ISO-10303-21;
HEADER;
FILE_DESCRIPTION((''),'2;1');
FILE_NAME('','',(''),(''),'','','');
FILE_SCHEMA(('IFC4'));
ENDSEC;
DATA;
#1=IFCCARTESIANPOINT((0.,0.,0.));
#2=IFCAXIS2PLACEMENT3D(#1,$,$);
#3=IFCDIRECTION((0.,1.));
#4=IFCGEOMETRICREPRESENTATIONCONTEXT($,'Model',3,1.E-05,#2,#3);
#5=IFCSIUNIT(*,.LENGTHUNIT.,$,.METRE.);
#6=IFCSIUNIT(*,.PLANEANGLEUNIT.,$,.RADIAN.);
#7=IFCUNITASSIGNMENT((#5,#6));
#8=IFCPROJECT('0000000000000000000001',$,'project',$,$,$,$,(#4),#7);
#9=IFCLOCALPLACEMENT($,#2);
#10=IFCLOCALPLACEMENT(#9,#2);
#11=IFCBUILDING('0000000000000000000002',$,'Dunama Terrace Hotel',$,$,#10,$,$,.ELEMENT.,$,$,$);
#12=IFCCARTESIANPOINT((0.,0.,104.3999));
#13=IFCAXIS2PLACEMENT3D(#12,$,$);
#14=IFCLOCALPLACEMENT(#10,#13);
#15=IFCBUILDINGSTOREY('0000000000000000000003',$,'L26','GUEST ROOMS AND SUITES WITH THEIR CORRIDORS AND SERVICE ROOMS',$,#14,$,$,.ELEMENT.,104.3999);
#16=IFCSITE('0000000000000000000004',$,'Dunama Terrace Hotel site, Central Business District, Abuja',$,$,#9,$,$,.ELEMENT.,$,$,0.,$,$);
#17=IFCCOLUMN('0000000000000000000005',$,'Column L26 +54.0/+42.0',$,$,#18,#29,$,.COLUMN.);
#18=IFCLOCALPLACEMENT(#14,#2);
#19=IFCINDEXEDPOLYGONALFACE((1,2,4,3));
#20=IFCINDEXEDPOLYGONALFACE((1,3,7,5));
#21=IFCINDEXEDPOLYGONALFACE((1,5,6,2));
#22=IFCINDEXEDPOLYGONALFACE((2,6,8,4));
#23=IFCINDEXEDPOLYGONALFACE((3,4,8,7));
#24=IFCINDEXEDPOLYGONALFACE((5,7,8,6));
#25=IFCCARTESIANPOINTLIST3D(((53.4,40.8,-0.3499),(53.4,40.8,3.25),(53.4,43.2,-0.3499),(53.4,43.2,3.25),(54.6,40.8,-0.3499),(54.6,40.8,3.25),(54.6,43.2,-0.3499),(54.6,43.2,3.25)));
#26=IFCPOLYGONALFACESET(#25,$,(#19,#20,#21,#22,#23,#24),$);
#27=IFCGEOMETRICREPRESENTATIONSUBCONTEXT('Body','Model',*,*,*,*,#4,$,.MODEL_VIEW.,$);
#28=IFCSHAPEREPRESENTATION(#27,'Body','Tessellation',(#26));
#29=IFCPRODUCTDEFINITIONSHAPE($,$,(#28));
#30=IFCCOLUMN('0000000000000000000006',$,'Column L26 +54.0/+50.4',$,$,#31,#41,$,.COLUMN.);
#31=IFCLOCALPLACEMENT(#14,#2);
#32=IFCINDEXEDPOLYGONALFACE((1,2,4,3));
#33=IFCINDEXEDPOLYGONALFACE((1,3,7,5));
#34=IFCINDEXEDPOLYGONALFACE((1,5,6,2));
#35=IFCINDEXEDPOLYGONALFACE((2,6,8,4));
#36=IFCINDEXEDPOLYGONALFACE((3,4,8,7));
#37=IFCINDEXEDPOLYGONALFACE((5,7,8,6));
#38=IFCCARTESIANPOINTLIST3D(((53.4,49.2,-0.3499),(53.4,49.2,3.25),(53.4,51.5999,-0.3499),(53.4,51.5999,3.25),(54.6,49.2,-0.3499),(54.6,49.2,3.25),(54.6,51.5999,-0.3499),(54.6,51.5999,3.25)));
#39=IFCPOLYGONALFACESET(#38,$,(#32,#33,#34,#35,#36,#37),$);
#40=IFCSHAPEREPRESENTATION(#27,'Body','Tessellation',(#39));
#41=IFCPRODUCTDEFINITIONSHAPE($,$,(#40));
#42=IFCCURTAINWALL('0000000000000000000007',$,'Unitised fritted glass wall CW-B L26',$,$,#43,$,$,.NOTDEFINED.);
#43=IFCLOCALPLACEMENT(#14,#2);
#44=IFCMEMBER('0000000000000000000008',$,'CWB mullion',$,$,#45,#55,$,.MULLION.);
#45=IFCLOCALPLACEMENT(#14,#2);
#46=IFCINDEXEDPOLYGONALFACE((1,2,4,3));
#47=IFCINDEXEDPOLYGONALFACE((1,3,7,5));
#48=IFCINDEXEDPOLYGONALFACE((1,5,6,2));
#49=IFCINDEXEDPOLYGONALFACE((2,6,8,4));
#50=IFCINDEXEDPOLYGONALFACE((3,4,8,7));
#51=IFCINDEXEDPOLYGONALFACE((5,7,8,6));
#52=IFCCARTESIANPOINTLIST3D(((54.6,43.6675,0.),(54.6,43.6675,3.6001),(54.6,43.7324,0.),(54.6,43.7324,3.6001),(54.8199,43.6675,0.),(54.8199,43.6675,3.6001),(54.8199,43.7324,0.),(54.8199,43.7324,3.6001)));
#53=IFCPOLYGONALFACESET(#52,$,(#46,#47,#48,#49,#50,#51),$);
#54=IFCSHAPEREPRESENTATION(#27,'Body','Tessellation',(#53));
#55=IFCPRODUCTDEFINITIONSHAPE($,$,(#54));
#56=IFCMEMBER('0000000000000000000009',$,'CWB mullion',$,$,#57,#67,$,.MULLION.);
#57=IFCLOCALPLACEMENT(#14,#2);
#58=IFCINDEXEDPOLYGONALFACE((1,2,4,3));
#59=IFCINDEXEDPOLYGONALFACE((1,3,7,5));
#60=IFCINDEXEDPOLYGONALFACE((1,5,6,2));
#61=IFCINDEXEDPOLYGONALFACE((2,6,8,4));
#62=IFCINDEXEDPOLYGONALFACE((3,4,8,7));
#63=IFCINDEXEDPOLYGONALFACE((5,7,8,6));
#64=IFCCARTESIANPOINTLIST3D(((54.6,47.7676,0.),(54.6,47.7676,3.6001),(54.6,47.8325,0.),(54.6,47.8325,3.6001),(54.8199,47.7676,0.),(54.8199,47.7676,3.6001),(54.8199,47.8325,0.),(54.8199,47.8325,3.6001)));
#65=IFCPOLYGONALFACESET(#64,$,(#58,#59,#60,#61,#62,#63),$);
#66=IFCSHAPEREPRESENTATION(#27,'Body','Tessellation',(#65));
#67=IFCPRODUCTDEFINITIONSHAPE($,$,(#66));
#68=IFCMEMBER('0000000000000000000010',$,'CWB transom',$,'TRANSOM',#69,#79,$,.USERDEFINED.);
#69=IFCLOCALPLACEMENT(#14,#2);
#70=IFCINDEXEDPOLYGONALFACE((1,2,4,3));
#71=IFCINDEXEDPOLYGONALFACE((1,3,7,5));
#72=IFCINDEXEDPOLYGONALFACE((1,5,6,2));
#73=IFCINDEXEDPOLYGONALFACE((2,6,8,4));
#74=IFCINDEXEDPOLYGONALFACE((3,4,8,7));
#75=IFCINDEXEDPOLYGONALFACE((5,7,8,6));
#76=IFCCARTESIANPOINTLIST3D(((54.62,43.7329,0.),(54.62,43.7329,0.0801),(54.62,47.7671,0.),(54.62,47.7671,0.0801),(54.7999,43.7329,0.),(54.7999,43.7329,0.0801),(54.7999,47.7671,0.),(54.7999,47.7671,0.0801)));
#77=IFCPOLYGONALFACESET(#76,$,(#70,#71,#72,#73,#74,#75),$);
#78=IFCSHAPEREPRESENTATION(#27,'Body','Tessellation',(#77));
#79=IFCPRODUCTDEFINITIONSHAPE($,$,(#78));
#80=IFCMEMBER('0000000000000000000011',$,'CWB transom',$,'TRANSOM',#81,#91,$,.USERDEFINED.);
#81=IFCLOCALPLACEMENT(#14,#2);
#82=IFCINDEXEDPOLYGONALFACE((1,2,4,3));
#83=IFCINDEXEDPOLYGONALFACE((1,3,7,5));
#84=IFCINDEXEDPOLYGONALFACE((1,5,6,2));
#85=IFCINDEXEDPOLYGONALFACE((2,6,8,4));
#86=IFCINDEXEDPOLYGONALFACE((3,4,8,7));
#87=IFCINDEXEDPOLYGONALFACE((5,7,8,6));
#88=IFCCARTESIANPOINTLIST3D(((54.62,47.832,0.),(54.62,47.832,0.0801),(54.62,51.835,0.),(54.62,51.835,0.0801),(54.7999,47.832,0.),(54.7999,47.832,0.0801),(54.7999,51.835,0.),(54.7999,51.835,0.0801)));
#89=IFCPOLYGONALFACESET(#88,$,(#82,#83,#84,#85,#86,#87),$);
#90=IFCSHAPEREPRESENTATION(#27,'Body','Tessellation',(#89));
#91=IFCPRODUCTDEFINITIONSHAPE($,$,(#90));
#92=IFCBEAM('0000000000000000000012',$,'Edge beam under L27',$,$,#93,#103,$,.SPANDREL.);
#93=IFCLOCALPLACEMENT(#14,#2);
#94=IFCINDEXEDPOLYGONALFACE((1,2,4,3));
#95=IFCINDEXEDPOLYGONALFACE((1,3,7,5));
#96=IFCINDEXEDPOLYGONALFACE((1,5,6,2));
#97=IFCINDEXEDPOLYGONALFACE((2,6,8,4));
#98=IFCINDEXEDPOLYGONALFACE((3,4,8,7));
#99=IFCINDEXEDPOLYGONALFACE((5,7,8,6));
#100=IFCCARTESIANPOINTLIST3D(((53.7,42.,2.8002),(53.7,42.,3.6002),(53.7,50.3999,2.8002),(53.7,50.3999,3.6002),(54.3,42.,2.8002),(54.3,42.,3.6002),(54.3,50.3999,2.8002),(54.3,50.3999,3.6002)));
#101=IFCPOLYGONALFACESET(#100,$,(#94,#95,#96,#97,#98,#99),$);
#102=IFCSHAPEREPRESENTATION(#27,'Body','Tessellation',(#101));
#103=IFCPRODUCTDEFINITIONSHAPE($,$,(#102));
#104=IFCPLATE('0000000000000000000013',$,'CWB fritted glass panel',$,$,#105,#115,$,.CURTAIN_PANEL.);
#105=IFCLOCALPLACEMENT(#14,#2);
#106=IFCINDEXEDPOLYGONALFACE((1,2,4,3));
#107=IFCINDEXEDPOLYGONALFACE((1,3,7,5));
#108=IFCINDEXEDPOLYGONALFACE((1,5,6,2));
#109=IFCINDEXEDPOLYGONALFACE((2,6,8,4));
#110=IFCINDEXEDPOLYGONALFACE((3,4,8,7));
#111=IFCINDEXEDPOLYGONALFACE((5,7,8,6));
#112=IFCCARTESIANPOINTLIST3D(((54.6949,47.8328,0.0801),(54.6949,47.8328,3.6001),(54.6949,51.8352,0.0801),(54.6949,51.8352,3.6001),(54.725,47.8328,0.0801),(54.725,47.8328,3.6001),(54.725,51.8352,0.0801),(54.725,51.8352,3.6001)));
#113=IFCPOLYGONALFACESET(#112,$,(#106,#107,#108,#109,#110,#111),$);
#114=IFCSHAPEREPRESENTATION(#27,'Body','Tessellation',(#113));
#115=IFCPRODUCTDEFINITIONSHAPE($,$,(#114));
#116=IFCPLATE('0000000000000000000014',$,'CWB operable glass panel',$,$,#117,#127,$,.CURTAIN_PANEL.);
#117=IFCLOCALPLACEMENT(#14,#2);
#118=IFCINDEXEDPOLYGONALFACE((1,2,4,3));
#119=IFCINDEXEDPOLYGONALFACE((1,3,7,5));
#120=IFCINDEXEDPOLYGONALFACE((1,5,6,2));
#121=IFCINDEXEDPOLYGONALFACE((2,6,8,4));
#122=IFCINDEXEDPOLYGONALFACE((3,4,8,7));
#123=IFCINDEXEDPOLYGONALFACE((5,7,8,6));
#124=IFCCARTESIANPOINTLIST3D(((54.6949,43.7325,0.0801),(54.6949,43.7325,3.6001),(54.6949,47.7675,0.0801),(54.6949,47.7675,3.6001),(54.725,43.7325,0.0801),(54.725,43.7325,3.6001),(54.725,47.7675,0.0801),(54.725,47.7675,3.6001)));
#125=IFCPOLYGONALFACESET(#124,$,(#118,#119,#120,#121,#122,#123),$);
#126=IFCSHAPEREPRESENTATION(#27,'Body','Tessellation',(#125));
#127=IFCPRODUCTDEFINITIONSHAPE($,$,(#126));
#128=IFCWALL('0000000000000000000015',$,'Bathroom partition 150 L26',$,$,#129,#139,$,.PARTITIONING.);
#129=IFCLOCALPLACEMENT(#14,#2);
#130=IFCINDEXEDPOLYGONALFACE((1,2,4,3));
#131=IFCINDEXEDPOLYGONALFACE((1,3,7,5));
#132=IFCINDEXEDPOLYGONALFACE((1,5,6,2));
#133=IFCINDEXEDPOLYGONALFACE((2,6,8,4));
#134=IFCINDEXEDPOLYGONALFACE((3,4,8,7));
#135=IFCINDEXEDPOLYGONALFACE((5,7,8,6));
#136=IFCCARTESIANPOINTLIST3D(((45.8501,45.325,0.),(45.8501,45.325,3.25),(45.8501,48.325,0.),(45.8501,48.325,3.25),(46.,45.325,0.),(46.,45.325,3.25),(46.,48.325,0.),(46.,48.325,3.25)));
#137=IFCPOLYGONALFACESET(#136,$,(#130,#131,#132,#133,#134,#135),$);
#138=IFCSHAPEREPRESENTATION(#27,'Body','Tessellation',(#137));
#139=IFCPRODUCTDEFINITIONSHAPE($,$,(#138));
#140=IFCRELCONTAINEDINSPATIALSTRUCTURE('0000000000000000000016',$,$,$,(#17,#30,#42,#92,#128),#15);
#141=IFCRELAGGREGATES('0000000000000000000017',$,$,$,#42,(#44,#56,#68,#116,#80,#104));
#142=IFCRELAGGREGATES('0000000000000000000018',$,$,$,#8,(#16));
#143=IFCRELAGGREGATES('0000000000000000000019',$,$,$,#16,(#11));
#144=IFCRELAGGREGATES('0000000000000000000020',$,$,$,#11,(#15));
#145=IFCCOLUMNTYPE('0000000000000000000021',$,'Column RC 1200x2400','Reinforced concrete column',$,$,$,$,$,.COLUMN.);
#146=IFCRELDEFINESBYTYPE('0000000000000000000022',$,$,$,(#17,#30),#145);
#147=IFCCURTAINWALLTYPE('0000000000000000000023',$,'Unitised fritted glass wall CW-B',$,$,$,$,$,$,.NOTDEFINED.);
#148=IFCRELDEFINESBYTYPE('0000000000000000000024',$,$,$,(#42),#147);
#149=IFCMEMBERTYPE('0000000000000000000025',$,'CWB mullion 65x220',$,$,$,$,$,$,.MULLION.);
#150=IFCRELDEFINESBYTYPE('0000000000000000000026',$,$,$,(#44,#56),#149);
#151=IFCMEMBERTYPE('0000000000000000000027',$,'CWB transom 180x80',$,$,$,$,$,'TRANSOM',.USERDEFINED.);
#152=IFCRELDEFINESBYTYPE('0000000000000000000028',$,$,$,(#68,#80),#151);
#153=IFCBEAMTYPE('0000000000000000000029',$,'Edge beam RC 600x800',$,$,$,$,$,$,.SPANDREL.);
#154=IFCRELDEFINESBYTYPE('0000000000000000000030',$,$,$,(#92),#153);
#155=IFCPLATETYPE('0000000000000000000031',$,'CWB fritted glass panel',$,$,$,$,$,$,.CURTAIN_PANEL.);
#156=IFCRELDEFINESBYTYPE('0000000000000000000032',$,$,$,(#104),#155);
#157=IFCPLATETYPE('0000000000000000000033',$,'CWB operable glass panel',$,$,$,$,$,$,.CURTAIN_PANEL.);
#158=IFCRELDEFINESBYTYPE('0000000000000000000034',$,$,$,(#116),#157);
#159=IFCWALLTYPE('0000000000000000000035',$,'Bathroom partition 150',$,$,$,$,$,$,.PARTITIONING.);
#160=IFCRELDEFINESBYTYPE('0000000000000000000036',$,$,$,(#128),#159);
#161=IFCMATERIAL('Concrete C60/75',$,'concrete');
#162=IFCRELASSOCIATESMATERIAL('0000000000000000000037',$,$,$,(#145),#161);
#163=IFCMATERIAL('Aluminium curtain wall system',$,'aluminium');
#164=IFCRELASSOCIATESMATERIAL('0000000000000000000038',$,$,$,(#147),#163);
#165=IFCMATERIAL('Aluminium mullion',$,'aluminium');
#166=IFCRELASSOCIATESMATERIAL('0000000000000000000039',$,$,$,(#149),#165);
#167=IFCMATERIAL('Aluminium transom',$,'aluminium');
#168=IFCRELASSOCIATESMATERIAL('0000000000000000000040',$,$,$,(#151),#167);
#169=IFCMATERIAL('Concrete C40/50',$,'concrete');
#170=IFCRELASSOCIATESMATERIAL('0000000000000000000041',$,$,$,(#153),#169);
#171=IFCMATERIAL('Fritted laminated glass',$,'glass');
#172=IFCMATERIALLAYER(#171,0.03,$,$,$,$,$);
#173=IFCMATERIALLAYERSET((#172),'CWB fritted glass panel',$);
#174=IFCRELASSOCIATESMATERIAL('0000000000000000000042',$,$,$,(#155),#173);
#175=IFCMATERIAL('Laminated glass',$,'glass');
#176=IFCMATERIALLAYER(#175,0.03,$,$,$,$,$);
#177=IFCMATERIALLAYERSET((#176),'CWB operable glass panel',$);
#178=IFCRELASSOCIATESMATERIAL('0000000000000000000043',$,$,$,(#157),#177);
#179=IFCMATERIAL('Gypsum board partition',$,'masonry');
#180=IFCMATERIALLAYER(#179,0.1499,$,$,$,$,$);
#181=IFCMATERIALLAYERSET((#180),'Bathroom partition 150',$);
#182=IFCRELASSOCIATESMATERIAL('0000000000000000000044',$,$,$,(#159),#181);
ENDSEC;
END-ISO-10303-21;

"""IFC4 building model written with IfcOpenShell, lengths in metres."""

from ifc_helpers import new_model, si_unit, direction, frame, frame_2d, origin, origin_2d, place, context, subcontext, project, spatial, rectangle, extrude, material, layer, layer_set, material_profile, profile_set, type_object, element, aggregate, save


model = new_model("IFC4")

# Units and contexts
model_context = context("Model", 3, precision=1e-05, world=origin(), true_north=direction((0.0, 1.0)))
body_context = subcontext(model_context, "Body", "Model", "MODEL_VIEW")
ifc_project = project(units=[si_unit("LENGTHUNIT", "METRE"), si_unit("PLANEANGLEUNIT", "RADIAN")], contexts=[model_context])

# Site, building, storey
site_placement = place(None, origin())
site = spatial("IfcSite", under=ifc_project, at=site_placement, Name="Dunama Terrace Hotel site, Central Business District, Abuja", CompositionType="ELEMENT", RefElevation=0.0)
building_placement = place(site_placement, origin())
building = spatial("IfcBuilding", under=site, at=building_placement, Name="Dunama Terrace Hotel", CompositionType="ELEMENT")
storey_placement = place(building_placement, frame((0.0, 0.0, 104.3999)))
storey = spatial("IfcBuildingStorey", under=building, at=storey_placement, Name="L26", Description="GUEST ROOMS AND SUITES WITH THEIR CORRIDORS AND SERVICE ROOMS", CompositionType="ELEMENT", Elevation=104.3999)

# Columns
ifc_material_1 = material(Name="Concrete C60/75", Category="concrete")
ifc_material_profile_1 = material_profile(ifc_material_1, rectangle(XDim=1.2, YDim=2.3999, at=origin_2d()), Name="RC 1200x2400")
ifc_profile_set_1 = profile_set([ifc_material_profile_1], Name="Concrete C60/75")
column_type = type_object("IfcColumnType", Name="Column RC 1200x2400", Description="Reinforced concrete column", PredefinedType="COLUMN", material=ifc_profile_set_1)
for number, where, z_axis, x_axis, name in (
    (1, (54.0, 42.0, -0.3499), (0.0, 0.0, 1.0), (1.0, 0.0, 0.0), "Column L26 +54.0/+42.0"),
    (2, (54.0, 50.3999, -0.3499), (0.0, 0.0, 1.0), (1.0, 0.0, 0.0), "Column L26 +54.0/+50.4"),
):
    element("IfcColumn", number, at=place(storey_placement, frame(where, z_axis=z_axis, x_axis=x_axis)), inside=storey, type_object=column_type, Name=name, PredefinedType="COLUMN", context=body_context, shape_type="SweptSolid", body=[
        extrude(rectangle(XDim=1.2, YDim=2.3999, at=origin_2d()), origin(), (0.0, 0.0, 1.0), 3.5999),
    ])

# Curtain wall, members
ifc_material_2 = material(Name="Aluminium curtain wall system", Category="aluminium")
curtain_wall_type = type_object("IfcCurtainWallType", Name="Unitised fritted glass wall CW-B", PredefinedType="NOTDEFINED", material=ifc_material_2)
curtain_wall_placement = place(storey_placement, origin())
curtain_wall = element("IfcCurtainWall", 3, at=curtain_wall_placement, inside=storey, type_object=curtain_wall_type, Name="Unitised fritted glass wall CW-B L26", PredefinedType="NOTDEFINED")
ifc_material_3 = material(Name="Aluminium mullion", Category="aluminium")
ifc_material_profile_2 = material_profile(ifc_material_3, rectangle(XDim=0.0649, YDim=0.22, at=origin_2d()), Name="CWB MULLION 65X220")
ifc_profile_set_2 = profile_set([ifc_material_profile_2], Name="Aluminium mullion")
member_type_1 = type_object("IfcMemberType", Name="CWB mullion 65x220", PredefinedType="MULLION", material=ifc_profile_set_2)
member_1_placement = place(storey_placement, frame((54.71, 43.7, 0.0), z_axis=(0.0, 0.0, 1.0), x_axis=(0.0, 1.0, 0.0)))
member_1 = element("IfcMember", 4, at=member_1_placement, type_object=member_type_1, Name="CWB mullion", PredefinedType="MULLION", context=body_context, shape_type="SweptSolid", body=[
    extrude(rectangle(XDim=0.0649, YDim=0.22, at=origin_2d()), origin(), (0.0, 0.0, 1.0), 3.6001),
])
member_2_placement = place(storey_placement, frame((54.71, 47.8, 0.0), z_axis=(0.0, 0.0, 1.0), x_axis=(0.0, 1.0, 0.0)))
member_2 = element("IfcMember", 5, at=member_2_placement, type_object=member_type_1, Name="CWB mullion", PredefinedType="MULLION", context=body_context, shape_type="SweptSolid", body=[
    extrude(rectangle(XDim=0.0649, YDim=0.22, at=origin_2d()), origin(), (0.0, 0.0, 1.0), 3.6001),
])
ifc_material_4 = material(Name="Aluminium transom", Category="aluminium")
ifc_material_profile_3 = material_profile(ifc_material_4, rectangle(XDim=0.1799, YDim=0.0801, at=origin_2d()), Name="CWB TRANSOM 180X80")
ifc_profile_set_3 = profile_set([ifc_material_profile_3], Name="Aluminium transom")
member_type_2 = type_object("IfcMemberType", Name="CWB transom 180x80", ElementType="TRANSOM", PredefinedType="USERDEFINED", material=ifc_profile_set_3)
member_3_placement = place(storey_placement, frame((54.71, 43.7329, 0.04), z_axis=(0.0, 1.0, 0.0), x_axis=(-1.0, 0.0, 0.0)))
member_3 = element("IfcMember", 6, at=member_3_placement, type_object=member_type_2, Name="CWB transom", ObjectType="TRANSOM", PredefinedType="USERDEFINED", context=body_context, shape_type="SweptSolid", body=[
    extrude(rectangle(XDim=0.1799, YDim=0.0801, at=origin_2d()), origin(), (0.0, 0.0, 1.0), 4.0342),
])
member_4_placement = place(storey_placement, frame((54.71, 47.832, 0.04), z_axis=(0.0, 1.0, 0.0), x_axis=(-1.0, 0.0, 0.0)))
member_4 = element("IfcMember", 7, at=member_4_placement, type_object=member_type_2, Name="CWB transom", ObjectType="TRANSOM", PredefinedType="USERDEFINED", context=body_context, shape_type="SweptSolid", body=[
    extrude(rectangle(XDim=0.1799, YDim=0.0801, at=origin_2d()), origin(), (0.0, 0.0, 1.0), 4.0029),
])

# Beam
ifc_material_5 = material(Name="Concrete C40/50", Category="concrete")
ifc_material_profile_4 = material_profile(ifc_material_5, rectangle(XDim=0.6001, YDim=0.8, at=origin_2d()), Name="RC 600x800")
ifc_profile_set_4 = profile_set([ifc_material_profile_4], Name="Concrete C40/50")
beam_type = type_object("IfcBeamType", Name="Edge beam RC 600x800", PredefinedType="SPANDREL", material=ifc_profile_set_4)
beam_placement = place(storey_placement, frame((54.0, 42.0, 3.2002), z_axis=(0.0, 1.0, 0.0), x_axis=(-1.0, 0.0, 0.0)))
element("IfcBeam", 8, at=beam_placement, inside=storey, type_object=beam_type, Name="Edge beam under L27", PredefinedType="SPANDREL", context=body_context, shape_type="SweptSolid", body=[
    extrude(rectangle(XDim=0.6001, YDim=0.8, at=origin_2d()), origin(), (0.0, 0.0, 1.0), 8.3999),
])

# Plates
ifc_material_6 = material(Name="Fritted laminated glass", Category="glass")
ifc_layer_1 = layer(ifc_material_6, 0.03)
ifc_layer_set_1 = layer_set([ifc_layer_1], Name="CWB fritted glass panel")
plate_type_1 = type_object("IfcPlateType", Name="CWB fritted glass panel", PredefinedType="CURTAIN_PANEL", material=ifc_layer_set_1)
plate_1_placement = place(storey_placement, frame((54.71, 49.834, 0.0801), z_axis=(0.0, 0.0, 1.0), x_axis=(0.0, 1.0, 0.0)))
plate_1 = element("IfcPlate", 9, at=plate_1_placement, type_object=plate_type_1, Name="CWB fritted glass panel", PredefinedType="CURTAIN_PANEL", context=body_context, shape_type="SweptSolid", body=[
    extrude(rectangle(XDim=4.0024, YDim=0.03, at=origin_2d()), origin(), (0.0, 0.0, 1.0), 3.52),
])
ifc_material_7 = material(Name="Laminated glass", Category="glass")
ifc_layer_2 = layer(ifc_material_7, 0.03)
ifc_layer_set_2 = layer_set([ifc_layer_2], Name="CWB operable glass panel")
plate_type_2 = type_object("IfcPlateType", Name="CWB operable glass panel", PredefinedType="CURTAIN_PANEL", material=ifc_layer_set_2)
plate_2_placement = place(storey_placement, frame((54.71, 45.75, 0.0801), z_axis=(0.0, 0.0, 1.0), x_axis=(0.0, 1.0, 0.0)))
plate_2 = element("IfcPlate", 10, at=plate_2_placement, type_object=plate_type_2, Name="CWB operable glass panel", PredefinedType="CURTAIN_PANEL", context=body_context, shape_type="SweptSolid", body=[
    extrude(rectangle(XDim=4.0349, YDim=0.03, at=origin_2d()), origin(), (0.0, 0.0, 1.0), 3.52),
])
aggregate(curtain_wall, [member_1, member_2, member_3, plate_2, member_4, plate_1])

# Wall
ifc_material_8 = material(Name="Gypsum board partition", Category="masonry")
ifc_layer_3 = layer(ifc_material_8, 0.1499)
ifc_layer_set_3 = layer_set([ifc_layer_3], Name="Bathroom partition 150")
wall_type_1 = type_object("IfcWallType", Name="Bathroom partition 150", PredefinedType="PARTITIONING", material=ifc_layer_set_3)
wall_1_placement = place(storey_placement, frame((45.925, 45.325, 0.0), z_axis=(0.0, 0.0, 1.0), x_axis=(0.0, 1.0, 0.0)))
element("IfcWall", 11, at=wall_1_placement, inside=storey, type_object=wall_type_1, Name="Bathroom partition 150 L26", PredefinedType="PARTITIONING", context=body_context, shape_type="SweptSolid", body=[
    extrude(rectangle(XDim=3.0, YDim=0.1499, at=frame_2d((1.5, 0.0))), origin(), (0.0, 0.0, 1.0), 3.25),
])

save(model, "model.ifc")
